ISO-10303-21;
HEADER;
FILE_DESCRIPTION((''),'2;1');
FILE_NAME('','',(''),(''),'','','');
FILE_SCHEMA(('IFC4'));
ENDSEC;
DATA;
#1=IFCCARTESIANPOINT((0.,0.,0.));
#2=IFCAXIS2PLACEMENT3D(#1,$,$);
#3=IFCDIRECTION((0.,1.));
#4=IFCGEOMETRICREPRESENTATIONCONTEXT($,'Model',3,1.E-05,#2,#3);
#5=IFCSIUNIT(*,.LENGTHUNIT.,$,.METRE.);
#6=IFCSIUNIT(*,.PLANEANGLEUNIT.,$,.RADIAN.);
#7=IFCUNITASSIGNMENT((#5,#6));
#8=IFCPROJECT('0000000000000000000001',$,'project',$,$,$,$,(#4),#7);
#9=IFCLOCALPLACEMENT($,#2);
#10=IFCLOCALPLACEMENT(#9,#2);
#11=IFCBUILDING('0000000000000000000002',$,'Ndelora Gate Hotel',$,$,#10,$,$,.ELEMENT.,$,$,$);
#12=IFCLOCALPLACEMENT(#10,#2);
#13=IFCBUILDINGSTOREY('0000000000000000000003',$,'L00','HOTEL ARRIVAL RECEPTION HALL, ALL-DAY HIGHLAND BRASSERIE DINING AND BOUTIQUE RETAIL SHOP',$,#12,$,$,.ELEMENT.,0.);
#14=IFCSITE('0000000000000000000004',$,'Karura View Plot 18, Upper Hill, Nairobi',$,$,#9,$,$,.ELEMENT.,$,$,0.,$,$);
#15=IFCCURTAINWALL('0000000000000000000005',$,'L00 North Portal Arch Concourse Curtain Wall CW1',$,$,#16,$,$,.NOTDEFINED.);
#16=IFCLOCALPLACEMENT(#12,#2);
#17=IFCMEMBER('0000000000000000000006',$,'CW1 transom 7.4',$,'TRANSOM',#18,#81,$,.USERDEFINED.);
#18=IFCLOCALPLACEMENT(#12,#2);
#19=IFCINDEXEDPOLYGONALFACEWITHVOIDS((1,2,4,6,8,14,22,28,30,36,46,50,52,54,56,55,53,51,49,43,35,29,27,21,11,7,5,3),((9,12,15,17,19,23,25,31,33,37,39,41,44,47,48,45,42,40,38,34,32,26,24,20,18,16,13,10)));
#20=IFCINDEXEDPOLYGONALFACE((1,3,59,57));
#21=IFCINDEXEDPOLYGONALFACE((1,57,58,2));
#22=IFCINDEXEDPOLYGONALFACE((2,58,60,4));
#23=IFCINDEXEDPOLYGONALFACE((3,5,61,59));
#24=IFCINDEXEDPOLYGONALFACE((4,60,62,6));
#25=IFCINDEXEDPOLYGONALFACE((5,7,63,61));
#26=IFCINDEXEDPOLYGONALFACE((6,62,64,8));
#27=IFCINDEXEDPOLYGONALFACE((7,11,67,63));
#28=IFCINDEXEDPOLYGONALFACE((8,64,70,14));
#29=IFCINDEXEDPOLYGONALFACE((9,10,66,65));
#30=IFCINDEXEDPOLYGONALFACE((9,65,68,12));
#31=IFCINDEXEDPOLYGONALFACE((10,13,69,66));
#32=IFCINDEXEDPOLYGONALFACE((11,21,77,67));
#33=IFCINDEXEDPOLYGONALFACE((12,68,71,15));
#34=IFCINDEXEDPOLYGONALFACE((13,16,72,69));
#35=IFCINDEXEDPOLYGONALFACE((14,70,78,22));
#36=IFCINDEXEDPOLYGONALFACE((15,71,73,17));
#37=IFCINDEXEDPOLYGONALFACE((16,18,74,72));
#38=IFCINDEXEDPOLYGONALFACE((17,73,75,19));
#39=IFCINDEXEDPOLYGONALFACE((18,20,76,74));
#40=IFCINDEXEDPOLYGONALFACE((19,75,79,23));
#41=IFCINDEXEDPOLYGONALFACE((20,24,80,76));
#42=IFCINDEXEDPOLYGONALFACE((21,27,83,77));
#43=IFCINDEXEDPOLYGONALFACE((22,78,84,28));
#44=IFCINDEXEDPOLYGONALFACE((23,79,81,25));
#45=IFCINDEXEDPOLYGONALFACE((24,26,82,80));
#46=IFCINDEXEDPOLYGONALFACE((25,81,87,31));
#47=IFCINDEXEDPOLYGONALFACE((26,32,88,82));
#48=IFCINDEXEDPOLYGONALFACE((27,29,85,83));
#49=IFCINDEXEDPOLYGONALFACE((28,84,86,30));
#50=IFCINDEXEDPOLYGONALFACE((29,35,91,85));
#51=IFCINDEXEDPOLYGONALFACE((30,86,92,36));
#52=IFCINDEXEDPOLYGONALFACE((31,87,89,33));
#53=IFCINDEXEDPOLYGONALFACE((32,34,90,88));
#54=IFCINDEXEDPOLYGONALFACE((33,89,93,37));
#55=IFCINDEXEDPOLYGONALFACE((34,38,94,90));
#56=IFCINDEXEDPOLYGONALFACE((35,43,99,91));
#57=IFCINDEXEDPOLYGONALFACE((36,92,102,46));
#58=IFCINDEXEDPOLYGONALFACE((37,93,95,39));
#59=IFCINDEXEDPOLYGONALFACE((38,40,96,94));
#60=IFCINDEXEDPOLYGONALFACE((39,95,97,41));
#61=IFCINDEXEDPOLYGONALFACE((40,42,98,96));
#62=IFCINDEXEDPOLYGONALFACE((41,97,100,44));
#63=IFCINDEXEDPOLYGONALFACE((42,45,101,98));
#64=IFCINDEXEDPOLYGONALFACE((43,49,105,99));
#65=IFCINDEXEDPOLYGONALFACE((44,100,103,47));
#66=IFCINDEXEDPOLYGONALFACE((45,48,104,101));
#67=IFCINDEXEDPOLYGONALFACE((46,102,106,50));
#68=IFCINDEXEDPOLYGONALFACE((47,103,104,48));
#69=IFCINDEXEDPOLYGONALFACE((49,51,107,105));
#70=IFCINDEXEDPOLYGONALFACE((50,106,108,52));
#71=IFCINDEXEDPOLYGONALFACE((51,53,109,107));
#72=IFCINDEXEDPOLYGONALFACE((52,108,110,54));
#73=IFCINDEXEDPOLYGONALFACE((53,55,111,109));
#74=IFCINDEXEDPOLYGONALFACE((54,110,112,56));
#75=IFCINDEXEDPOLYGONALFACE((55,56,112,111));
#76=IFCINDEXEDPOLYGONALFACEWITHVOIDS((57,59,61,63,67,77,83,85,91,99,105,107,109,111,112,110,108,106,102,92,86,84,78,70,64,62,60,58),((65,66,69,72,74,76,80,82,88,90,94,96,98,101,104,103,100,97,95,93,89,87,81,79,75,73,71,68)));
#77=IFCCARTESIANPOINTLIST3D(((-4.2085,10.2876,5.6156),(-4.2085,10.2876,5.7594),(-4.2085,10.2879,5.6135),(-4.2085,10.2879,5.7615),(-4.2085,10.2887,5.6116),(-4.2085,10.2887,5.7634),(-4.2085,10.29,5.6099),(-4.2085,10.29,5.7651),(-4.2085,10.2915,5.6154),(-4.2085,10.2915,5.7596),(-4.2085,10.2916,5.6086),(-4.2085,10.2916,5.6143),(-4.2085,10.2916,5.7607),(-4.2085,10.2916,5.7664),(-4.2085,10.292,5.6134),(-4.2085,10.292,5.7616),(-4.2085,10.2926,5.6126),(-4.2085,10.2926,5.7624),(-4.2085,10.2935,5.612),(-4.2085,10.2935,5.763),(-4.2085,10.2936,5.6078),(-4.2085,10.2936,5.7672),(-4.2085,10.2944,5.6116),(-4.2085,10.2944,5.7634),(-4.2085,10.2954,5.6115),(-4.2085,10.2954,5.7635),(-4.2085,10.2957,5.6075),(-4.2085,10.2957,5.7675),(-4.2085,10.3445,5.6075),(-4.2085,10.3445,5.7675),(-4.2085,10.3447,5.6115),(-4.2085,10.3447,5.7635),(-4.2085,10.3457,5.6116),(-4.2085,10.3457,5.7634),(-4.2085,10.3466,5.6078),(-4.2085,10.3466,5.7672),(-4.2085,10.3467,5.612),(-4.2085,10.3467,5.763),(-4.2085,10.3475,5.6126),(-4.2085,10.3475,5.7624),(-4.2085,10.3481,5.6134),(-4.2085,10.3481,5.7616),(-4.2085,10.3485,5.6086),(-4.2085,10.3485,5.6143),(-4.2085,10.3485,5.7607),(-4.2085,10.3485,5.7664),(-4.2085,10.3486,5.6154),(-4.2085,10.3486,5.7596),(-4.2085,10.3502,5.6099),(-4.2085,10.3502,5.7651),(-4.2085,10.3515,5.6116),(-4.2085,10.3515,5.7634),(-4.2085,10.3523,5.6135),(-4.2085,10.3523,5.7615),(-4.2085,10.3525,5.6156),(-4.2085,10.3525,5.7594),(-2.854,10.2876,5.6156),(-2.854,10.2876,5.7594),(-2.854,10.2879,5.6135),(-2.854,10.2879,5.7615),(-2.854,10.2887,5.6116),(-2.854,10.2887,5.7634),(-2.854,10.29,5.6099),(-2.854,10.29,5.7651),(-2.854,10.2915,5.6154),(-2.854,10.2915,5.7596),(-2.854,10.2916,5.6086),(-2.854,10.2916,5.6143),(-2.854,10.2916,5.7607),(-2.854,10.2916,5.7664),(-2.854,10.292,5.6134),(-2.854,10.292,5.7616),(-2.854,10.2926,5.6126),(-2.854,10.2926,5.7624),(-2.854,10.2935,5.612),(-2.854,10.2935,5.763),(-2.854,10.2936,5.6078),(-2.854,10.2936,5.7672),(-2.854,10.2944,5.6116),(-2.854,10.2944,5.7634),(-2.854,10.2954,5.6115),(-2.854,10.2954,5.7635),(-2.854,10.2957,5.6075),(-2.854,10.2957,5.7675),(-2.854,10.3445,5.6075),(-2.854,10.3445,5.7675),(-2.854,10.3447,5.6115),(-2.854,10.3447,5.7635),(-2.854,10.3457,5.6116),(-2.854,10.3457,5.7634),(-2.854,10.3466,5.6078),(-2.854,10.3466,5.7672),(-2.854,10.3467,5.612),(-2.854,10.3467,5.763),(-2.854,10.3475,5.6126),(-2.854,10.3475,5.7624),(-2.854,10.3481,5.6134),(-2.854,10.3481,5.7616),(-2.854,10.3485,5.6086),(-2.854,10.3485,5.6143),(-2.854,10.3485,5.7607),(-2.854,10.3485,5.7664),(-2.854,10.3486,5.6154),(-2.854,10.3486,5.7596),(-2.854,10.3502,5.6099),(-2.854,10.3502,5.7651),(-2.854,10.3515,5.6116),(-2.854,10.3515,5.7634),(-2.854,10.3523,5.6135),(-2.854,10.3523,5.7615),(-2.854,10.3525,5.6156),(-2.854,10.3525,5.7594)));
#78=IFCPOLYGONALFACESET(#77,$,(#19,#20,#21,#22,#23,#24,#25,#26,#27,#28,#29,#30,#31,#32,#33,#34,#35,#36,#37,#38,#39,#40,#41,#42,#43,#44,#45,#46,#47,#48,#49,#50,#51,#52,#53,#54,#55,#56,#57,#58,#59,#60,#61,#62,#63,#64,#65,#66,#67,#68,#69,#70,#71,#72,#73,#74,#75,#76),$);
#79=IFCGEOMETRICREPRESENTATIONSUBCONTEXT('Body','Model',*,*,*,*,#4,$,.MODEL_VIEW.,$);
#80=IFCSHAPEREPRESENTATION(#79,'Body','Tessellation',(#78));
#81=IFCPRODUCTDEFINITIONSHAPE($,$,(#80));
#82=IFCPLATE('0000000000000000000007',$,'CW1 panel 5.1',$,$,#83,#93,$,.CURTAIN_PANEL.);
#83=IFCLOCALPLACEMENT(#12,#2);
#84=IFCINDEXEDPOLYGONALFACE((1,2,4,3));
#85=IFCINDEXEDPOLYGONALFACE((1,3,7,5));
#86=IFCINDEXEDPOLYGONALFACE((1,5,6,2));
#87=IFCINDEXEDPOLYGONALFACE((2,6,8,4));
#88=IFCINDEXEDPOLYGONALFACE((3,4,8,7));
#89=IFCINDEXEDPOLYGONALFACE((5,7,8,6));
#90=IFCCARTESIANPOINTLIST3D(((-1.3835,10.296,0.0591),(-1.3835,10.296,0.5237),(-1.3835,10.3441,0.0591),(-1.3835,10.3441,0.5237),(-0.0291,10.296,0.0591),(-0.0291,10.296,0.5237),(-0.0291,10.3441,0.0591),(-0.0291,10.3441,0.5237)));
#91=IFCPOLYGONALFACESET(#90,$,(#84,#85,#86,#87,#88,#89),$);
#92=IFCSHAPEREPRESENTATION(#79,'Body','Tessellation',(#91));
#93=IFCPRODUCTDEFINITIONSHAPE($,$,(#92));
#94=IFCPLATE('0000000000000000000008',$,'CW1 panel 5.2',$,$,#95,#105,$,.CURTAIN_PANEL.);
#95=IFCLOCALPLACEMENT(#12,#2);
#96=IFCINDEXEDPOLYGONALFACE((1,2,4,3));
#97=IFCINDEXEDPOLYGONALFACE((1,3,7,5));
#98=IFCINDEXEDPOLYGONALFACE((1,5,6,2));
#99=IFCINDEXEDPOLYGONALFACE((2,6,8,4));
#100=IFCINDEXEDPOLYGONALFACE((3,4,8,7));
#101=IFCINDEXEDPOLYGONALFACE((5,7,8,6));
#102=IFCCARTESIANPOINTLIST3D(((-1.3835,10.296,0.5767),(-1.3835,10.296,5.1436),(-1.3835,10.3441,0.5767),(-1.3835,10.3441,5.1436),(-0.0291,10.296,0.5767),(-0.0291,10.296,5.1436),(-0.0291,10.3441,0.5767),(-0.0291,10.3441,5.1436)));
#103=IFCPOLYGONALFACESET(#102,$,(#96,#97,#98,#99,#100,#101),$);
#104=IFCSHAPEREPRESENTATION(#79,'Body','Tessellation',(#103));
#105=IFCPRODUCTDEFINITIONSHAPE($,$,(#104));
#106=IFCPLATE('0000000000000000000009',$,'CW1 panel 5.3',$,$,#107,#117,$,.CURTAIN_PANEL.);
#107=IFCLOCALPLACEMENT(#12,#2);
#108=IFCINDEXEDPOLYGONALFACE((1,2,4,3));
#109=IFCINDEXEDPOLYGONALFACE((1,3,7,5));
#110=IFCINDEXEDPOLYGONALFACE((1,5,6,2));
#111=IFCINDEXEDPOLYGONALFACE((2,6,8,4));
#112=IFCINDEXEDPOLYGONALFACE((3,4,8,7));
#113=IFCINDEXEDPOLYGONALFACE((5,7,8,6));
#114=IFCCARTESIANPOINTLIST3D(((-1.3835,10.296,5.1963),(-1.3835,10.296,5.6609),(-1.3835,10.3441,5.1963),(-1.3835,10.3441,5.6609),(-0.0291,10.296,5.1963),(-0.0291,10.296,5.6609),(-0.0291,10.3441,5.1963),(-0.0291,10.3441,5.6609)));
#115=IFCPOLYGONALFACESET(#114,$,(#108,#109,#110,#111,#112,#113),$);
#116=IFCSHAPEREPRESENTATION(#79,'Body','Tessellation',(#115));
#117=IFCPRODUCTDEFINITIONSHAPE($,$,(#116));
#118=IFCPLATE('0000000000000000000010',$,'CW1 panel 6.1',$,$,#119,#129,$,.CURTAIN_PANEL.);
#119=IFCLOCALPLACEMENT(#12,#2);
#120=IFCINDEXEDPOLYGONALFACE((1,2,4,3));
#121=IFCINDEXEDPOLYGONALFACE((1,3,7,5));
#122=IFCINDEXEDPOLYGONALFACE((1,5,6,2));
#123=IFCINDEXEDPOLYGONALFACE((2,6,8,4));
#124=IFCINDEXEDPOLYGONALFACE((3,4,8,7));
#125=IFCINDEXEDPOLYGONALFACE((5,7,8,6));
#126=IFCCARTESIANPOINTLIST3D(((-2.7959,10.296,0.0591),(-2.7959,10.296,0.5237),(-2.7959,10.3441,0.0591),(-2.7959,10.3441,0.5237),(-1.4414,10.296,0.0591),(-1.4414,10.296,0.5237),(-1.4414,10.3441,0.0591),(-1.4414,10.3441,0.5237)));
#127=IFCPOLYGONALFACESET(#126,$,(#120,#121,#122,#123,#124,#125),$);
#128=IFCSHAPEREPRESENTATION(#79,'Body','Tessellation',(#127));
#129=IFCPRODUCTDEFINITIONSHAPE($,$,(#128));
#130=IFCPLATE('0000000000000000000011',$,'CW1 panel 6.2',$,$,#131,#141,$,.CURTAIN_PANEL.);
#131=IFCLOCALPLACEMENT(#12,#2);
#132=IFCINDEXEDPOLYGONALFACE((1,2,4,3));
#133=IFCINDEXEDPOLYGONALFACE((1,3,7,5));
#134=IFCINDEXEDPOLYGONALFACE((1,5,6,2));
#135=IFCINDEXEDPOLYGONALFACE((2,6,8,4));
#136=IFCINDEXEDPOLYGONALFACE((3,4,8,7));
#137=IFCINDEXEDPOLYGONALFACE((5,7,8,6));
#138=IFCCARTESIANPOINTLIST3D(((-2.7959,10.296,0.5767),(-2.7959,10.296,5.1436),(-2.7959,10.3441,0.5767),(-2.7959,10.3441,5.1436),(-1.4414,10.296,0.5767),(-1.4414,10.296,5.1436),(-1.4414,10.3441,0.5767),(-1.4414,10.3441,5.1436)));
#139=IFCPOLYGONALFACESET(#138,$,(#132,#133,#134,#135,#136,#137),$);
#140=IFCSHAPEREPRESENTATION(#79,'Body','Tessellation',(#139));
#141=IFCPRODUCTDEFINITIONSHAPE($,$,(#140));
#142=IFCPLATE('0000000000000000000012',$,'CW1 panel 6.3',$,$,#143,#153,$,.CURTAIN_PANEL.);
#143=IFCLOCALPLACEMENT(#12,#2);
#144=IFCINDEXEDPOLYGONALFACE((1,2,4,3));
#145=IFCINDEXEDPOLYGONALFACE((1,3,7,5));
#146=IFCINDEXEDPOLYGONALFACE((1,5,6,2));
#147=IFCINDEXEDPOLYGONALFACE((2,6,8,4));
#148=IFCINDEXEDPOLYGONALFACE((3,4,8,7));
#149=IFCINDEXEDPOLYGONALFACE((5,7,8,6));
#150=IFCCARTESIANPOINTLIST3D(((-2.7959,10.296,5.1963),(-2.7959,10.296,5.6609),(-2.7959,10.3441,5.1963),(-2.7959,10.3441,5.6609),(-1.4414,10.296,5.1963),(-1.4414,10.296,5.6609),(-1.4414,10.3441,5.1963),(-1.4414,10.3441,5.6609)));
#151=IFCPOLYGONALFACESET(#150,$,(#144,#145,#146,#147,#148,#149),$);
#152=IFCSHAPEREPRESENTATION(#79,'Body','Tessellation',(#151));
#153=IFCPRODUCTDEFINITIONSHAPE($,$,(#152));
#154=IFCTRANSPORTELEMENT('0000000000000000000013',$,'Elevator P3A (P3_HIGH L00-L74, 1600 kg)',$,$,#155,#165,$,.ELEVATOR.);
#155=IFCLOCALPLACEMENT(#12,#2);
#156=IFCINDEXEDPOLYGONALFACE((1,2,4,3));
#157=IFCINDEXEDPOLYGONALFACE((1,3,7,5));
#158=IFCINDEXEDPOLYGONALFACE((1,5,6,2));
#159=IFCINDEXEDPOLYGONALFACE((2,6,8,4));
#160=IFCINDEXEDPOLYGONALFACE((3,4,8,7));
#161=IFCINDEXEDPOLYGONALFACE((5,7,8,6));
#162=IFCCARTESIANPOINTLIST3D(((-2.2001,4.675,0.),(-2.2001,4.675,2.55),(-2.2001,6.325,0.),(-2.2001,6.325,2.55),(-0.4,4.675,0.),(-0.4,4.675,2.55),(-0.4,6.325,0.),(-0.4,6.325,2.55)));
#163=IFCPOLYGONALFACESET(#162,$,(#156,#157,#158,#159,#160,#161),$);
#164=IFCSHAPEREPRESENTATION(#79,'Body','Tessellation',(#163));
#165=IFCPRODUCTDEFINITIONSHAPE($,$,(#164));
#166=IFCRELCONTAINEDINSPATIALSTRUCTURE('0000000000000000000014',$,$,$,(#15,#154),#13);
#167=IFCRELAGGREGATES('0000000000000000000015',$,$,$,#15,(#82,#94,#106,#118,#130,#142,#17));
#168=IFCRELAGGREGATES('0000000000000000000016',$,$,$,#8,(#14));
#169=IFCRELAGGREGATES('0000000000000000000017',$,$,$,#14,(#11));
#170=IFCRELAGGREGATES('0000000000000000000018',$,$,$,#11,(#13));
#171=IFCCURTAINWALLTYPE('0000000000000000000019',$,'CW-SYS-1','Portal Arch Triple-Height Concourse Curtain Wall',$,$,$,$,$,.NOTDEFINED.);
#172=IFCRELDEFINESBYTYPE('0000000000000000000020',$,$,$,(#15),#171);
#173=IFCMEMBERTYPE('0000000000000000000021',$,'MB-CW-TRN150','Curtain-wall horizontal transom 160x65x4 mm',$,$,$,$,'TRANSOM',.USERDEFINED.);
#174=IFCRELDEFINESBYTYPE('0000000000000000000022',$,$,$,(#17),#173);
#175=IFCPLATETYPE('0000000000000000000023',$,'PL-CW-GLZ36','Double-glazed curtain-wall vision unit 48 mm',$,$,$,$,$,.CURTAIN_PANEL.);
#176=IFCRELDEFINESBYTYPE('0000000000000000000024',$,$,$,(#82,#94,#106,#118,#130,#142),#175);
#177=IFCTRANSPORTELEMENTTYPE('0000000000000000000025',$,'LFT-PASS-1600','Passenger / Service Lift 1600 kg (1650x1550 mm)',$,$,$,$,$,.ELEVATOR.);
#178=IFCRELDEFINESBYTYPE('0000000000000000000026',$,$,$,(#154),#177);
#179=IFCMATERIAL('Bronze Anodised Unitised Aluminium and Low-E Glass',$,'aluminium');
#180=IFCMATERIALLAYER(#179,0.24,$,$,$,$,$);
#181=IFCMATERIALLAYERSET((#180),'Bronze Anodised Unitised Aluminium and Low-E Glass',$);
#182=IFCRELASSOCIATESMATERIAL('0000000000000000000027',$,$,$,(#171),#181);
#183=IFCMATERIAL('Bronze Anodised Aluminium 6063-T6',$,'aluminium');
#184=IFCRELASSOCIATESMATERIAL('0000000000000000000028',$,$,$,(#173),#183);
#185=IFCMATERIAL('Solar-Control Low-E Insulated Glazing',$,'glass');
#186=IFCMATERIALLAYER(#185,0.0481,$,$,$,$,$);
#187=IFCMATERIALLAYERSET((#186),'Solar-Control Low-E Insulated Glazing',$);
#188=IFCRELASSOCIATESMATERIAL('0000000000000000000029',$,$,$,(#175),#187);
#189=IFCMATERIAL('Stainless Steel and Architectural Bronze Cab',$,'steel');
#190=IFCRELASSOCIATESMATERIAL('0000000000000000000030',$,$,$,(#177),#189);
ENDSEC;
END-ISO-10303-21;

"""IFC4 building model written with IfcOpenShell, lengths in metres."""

from ifc_helpers import new_model, si_unit, direction, frame, origin, origin_2d, place, context, subcontext, project, spatial, rectangle, hollow_rectangle, extrude, material, layer, layer_set, material_profile, profile_set, type_object, element, aggregate, save


model = new_model("IFC4")

# Units and contexts
model_context = context("Model", 3, precision=1e-05, world=origin(), true_north=direction((0.0, 1.0)))
body_context = subcontext(model_context, "Body", "Model", "MODEL_VIEW")
ifc_project = project(units=[si_unit("LENGTHUNIT", "METRE"), si_unit("PLANEANGLEUNIT", "RADIAN")], contexts=[model_context])

# Site, building, storey
site_placement = place(None, origin())
site = spatial("IfcSite", under=ifc_project, at=site_placement, Name="Karura View Plot 18, Upper Hill, Nairobi", CompositionType="ELEMENT", RefElevation=0.0)
building_placement = place(site_placement, origin())
building = spatial("IfcBuilding", under=site, at=building_placement, Name="Ndelora Gate Hotel", CompositionType="ELEMENT")
storey_placement = place(building_placement, origin())
storey = spatial("IfcBuildingStorey", under=building, at=storey_placement, Name="L00", Description="HOTEL ARRIVAL RECEPTION HALL, ALL-DAY HIGHLAND BRASSERIE DINING AND BOUTIQUE RETAIL SHOP", CompositionType="ELEMENT", Elevation=0.0)

# Curtain wall, member, plates
ifc_material_1 = material(Name="Bronze Anodised Unitised Aluminium and Low-E Glass", Category="aluminium")
ifc_layer_1 = layer(ifc_material_1, 0.24)
ifc_layer_set_1 = layer_set([ifc_layer_1], Name="Bronze Anodised Unitised Aluminium and Low-E Glass")
curtain_wall_type = type_object("IfcCurtainWallType", Name="CW-SYS-1", Description="Portal Arch Triple-Height Concourse Curtain Wall", PredefinedType="NOTDEFINED", material=ifc_layer_set_1)
curtain_wall_placement = place(storey_placement, origin())
curtain_wall = element("IfcCurtainWall", 1, at=curtain_wall_placement, inside=storey, type_object=curtain_wall_type, Name="L00 North Portal Arch Concourse Curtain Wall CW1", PredefinedType="NOTDEFINED")
ifc_material_2 = material(Name="Bronze Anodised Aluminium 6063-T6", Category="aluminium")
ifc_material_profile_1 = material_profile(ifc_material_2, hollow_rectangle(XDim=0.0649, YDim=0.1599, WallThickness=0.0039, InnerFilletRadius=0.0039, OuterFilletRadius=0.0081, at=origin_2d()), Name="ALU 160x65x4")
ifc_profile_set_1 = profile_set([ifc_material_profile_1], Name="Bronze Anodised Aluminium 6063-T6")
member_type_1 = type_object("IfcMemberType", Name="MB-CW-TRN150", Description="Curtain-wall horizontal transom 160x65x4 mm", ElementType="TRANSOM", PredefinedType="USERDEFINED", material=ifc_profile_set_1)
member_1_placement = place(storey_placement, frame((-2.854, 10.3201, 5.6875), z_axis=(-1.0, 0.0, 0.0), x_axis=(0.0, -1.0, 0.0)))
member_1 = element("IfcMember", 2, at=member_1_placement, type_object=member_type_1, Name="CW1 transom 7.4", ObjectType="TRANSOM", PredefinedType="USERDEFINED", context=body_context, shape_type="SweptSolid", body=[
    extrude(hollow_rectangle(XDim=0.0649, YDim=0.1599, WallThickness=0.0039, InnerFilletRadius=0.0039, OuterFilletRadius=0.0081, at=origin_2d()), origin(), (0.0, 0.0, 1.0), 1.3545),
])
ifc_material_3 = material(Name="Solar-Control Low-E Insulated Glazing", Category="glass")
ifc_layer_2 = layer(ifc_material_3, 0.0481)
ifc_layer_set_2 = layer_set([ifc_layer_2], Name="Solar-Control Low-E Insulated Glazing")
plate_type = type_object("IfcPlateType", Name="PL-CW-GLZ36", Description="Double-glazed curtain-wall vision unit 48 mm", PredefinedType="CURTAIN_PANEL", material=ifc_layer_set_2)
plate_1_placement = place(storey_placement, frame((-0.7063, 10.3201, 0.0591), z_axis=(0.0, 0.0, 1.0), x_axis=(-1.0, 0.0, 0.0)))
plate_1 = element("IfcPlate", 3, at=plate_1_placement, type_object=plate_type, Name="CW1 panel 5.1", PredefinedType="CURTAIN_PANEL", context=body_context, shape_type="SweptSolid", body=[
    extrude(rectangle(XDim=1.3545, YDim=0.0481, at=origin_2d()), origin(), (0.0, 0.0, 1.0), 0.4646),
])
plate_2_placement = place(storey_placement, frame((-0.7063, 10.3201, 0.5767), z_axis=(0.0, 0.0, 1.0), x_axis=(-1.0, 0.0, 0.0)))
plate_2 = element("IfcPlate", 4, at=plate_2_placement, type_object=plate_type, Name="CW1 panel 5.2", PredefinedType="CURTAIN_PANEL", context=body_context, shape_type="SweptSolid", body=[
    extrude(rectangle(XDim=1.3545, YDim=0.0481, at=origin_2d()), origin(), (0.0, 0.0, 1.0), 4.5669),
])
plate_3_placement = place(storey_placement, frame((-0.7063, 10.3201, 5.1963), z_axis=(0.0, 0.0, 1.0), x_axis=(-1.0, 0.0, 0.0)))
plate_3 = element("IfcPlate", 5, at=plate_3_placement, type_object=plate_type, Name="CW1 panel 5.3", PredefinedType="CURTAIN_PANEL", context=body_context, shape_type="SweptSolid", body=[
    extrude(rectangle(XDim=1.3545, YDim=0.0481, at=origin_2d()), origin(), (0.0, 0.0, 1.0), 0.4646),
])
plate_4_placement = place(storey_placement, frame((-2.1187, 10.3201, 0.0591), z_axis=(0.0, 0.0, 1.0), x_axis=(-1.0, 0.0, 0.0)))
plate_4 = element("IfcPlate", 6, at=plate_4_placement, type_object=plate_type, Name="CW1 panel 6.1", PredefinedType="CURTAIN_PANEL", context=body_context, shape_type="SweptSolid", body=[
    extrude(rectangle(XDim=1.3545, YDim=0.0481, at=origin_2d()), origin(), (0.0, 0.0, 1.0), 0.4646),
])
plate_5_placement = place(storey_placement, frame((-2.1187, 10.3201, 0.5767), z_axis=(0.0, 0.0, 1.0), x_axis=(-1.0, 0.0, 0.0)))
plate_5 = element("IfcPlate", 7, at=plate_5_placement, type_object=plate_type, Name="CW1 panel 6.2", PredefinedType="CURTAIN_PANEL", context=body_context, shape_type="SweptSolid", body=[
    extrude(rectangle(XDim=1.3545, YDim=0.0481, at=origin_2d()), origin(), (0.0, 0.0, 1.0), 4.5669),
])
plate_6_placement = place(storey_placement, frame((-2.1187, 10.3201, 5.1963), z_axis=(0.0, 0.0, 1.0), x_axis=(-1.0, 0.0, 0.0)))
plate_6 = element("IfcPlate", 8, at=plate_6_placement, type_object=plate_type, Name="CW1 panel 6.3", PredefinedType="CURTAIN_PANEL", context=body_context, shape_type="SweptSolid", body=[
    extrude(rectangle(XDim=1.3545, YDim=0.0481, at=origin_2d()), origin(), (0.0, 0.0, 1.0), 0.4646),
])
aggregate(curtain_wall, [plate_1, plate_2, plate_3, plate_4, plate_5, plate_6, member_1])

# Transport element
ifc_material_4 = material(Name="Stainless Steel and Architectural Bronze Cab", Category="steel")
transport_element_type = type_object("IfcTransportElementType", Name="LFT-PASS-1600", Description="Passenger / Service Lift 1600 kg (1650x1550 mm)", PredefinedType="ELEVATOR", material=ifc_material_4)
transport_element_placement = place(storey_placement, frame((-1.3, 5.5, 0.0), z_axis=(0.0, 0.0, 1.0), x_axis=(1.0, 0.0, 0.0)))
element("IfcTransportElement", 9, at=transport_element_placement, inside=storey, type_object=transport_element_type, Name="Elevator P3A (P3_HIGH L00-L74, 1600 kg)", PredefinedType="ELEVATOR", context=body_context, shape_type="SweptSolid", body=[
    extrude(rectangle(XDim=1.8, YDim=1.6499, at=origin_2d()), origin(), (0.0, 0.0, 1.0), 2.55),
])

save(model, "model.ifc")
